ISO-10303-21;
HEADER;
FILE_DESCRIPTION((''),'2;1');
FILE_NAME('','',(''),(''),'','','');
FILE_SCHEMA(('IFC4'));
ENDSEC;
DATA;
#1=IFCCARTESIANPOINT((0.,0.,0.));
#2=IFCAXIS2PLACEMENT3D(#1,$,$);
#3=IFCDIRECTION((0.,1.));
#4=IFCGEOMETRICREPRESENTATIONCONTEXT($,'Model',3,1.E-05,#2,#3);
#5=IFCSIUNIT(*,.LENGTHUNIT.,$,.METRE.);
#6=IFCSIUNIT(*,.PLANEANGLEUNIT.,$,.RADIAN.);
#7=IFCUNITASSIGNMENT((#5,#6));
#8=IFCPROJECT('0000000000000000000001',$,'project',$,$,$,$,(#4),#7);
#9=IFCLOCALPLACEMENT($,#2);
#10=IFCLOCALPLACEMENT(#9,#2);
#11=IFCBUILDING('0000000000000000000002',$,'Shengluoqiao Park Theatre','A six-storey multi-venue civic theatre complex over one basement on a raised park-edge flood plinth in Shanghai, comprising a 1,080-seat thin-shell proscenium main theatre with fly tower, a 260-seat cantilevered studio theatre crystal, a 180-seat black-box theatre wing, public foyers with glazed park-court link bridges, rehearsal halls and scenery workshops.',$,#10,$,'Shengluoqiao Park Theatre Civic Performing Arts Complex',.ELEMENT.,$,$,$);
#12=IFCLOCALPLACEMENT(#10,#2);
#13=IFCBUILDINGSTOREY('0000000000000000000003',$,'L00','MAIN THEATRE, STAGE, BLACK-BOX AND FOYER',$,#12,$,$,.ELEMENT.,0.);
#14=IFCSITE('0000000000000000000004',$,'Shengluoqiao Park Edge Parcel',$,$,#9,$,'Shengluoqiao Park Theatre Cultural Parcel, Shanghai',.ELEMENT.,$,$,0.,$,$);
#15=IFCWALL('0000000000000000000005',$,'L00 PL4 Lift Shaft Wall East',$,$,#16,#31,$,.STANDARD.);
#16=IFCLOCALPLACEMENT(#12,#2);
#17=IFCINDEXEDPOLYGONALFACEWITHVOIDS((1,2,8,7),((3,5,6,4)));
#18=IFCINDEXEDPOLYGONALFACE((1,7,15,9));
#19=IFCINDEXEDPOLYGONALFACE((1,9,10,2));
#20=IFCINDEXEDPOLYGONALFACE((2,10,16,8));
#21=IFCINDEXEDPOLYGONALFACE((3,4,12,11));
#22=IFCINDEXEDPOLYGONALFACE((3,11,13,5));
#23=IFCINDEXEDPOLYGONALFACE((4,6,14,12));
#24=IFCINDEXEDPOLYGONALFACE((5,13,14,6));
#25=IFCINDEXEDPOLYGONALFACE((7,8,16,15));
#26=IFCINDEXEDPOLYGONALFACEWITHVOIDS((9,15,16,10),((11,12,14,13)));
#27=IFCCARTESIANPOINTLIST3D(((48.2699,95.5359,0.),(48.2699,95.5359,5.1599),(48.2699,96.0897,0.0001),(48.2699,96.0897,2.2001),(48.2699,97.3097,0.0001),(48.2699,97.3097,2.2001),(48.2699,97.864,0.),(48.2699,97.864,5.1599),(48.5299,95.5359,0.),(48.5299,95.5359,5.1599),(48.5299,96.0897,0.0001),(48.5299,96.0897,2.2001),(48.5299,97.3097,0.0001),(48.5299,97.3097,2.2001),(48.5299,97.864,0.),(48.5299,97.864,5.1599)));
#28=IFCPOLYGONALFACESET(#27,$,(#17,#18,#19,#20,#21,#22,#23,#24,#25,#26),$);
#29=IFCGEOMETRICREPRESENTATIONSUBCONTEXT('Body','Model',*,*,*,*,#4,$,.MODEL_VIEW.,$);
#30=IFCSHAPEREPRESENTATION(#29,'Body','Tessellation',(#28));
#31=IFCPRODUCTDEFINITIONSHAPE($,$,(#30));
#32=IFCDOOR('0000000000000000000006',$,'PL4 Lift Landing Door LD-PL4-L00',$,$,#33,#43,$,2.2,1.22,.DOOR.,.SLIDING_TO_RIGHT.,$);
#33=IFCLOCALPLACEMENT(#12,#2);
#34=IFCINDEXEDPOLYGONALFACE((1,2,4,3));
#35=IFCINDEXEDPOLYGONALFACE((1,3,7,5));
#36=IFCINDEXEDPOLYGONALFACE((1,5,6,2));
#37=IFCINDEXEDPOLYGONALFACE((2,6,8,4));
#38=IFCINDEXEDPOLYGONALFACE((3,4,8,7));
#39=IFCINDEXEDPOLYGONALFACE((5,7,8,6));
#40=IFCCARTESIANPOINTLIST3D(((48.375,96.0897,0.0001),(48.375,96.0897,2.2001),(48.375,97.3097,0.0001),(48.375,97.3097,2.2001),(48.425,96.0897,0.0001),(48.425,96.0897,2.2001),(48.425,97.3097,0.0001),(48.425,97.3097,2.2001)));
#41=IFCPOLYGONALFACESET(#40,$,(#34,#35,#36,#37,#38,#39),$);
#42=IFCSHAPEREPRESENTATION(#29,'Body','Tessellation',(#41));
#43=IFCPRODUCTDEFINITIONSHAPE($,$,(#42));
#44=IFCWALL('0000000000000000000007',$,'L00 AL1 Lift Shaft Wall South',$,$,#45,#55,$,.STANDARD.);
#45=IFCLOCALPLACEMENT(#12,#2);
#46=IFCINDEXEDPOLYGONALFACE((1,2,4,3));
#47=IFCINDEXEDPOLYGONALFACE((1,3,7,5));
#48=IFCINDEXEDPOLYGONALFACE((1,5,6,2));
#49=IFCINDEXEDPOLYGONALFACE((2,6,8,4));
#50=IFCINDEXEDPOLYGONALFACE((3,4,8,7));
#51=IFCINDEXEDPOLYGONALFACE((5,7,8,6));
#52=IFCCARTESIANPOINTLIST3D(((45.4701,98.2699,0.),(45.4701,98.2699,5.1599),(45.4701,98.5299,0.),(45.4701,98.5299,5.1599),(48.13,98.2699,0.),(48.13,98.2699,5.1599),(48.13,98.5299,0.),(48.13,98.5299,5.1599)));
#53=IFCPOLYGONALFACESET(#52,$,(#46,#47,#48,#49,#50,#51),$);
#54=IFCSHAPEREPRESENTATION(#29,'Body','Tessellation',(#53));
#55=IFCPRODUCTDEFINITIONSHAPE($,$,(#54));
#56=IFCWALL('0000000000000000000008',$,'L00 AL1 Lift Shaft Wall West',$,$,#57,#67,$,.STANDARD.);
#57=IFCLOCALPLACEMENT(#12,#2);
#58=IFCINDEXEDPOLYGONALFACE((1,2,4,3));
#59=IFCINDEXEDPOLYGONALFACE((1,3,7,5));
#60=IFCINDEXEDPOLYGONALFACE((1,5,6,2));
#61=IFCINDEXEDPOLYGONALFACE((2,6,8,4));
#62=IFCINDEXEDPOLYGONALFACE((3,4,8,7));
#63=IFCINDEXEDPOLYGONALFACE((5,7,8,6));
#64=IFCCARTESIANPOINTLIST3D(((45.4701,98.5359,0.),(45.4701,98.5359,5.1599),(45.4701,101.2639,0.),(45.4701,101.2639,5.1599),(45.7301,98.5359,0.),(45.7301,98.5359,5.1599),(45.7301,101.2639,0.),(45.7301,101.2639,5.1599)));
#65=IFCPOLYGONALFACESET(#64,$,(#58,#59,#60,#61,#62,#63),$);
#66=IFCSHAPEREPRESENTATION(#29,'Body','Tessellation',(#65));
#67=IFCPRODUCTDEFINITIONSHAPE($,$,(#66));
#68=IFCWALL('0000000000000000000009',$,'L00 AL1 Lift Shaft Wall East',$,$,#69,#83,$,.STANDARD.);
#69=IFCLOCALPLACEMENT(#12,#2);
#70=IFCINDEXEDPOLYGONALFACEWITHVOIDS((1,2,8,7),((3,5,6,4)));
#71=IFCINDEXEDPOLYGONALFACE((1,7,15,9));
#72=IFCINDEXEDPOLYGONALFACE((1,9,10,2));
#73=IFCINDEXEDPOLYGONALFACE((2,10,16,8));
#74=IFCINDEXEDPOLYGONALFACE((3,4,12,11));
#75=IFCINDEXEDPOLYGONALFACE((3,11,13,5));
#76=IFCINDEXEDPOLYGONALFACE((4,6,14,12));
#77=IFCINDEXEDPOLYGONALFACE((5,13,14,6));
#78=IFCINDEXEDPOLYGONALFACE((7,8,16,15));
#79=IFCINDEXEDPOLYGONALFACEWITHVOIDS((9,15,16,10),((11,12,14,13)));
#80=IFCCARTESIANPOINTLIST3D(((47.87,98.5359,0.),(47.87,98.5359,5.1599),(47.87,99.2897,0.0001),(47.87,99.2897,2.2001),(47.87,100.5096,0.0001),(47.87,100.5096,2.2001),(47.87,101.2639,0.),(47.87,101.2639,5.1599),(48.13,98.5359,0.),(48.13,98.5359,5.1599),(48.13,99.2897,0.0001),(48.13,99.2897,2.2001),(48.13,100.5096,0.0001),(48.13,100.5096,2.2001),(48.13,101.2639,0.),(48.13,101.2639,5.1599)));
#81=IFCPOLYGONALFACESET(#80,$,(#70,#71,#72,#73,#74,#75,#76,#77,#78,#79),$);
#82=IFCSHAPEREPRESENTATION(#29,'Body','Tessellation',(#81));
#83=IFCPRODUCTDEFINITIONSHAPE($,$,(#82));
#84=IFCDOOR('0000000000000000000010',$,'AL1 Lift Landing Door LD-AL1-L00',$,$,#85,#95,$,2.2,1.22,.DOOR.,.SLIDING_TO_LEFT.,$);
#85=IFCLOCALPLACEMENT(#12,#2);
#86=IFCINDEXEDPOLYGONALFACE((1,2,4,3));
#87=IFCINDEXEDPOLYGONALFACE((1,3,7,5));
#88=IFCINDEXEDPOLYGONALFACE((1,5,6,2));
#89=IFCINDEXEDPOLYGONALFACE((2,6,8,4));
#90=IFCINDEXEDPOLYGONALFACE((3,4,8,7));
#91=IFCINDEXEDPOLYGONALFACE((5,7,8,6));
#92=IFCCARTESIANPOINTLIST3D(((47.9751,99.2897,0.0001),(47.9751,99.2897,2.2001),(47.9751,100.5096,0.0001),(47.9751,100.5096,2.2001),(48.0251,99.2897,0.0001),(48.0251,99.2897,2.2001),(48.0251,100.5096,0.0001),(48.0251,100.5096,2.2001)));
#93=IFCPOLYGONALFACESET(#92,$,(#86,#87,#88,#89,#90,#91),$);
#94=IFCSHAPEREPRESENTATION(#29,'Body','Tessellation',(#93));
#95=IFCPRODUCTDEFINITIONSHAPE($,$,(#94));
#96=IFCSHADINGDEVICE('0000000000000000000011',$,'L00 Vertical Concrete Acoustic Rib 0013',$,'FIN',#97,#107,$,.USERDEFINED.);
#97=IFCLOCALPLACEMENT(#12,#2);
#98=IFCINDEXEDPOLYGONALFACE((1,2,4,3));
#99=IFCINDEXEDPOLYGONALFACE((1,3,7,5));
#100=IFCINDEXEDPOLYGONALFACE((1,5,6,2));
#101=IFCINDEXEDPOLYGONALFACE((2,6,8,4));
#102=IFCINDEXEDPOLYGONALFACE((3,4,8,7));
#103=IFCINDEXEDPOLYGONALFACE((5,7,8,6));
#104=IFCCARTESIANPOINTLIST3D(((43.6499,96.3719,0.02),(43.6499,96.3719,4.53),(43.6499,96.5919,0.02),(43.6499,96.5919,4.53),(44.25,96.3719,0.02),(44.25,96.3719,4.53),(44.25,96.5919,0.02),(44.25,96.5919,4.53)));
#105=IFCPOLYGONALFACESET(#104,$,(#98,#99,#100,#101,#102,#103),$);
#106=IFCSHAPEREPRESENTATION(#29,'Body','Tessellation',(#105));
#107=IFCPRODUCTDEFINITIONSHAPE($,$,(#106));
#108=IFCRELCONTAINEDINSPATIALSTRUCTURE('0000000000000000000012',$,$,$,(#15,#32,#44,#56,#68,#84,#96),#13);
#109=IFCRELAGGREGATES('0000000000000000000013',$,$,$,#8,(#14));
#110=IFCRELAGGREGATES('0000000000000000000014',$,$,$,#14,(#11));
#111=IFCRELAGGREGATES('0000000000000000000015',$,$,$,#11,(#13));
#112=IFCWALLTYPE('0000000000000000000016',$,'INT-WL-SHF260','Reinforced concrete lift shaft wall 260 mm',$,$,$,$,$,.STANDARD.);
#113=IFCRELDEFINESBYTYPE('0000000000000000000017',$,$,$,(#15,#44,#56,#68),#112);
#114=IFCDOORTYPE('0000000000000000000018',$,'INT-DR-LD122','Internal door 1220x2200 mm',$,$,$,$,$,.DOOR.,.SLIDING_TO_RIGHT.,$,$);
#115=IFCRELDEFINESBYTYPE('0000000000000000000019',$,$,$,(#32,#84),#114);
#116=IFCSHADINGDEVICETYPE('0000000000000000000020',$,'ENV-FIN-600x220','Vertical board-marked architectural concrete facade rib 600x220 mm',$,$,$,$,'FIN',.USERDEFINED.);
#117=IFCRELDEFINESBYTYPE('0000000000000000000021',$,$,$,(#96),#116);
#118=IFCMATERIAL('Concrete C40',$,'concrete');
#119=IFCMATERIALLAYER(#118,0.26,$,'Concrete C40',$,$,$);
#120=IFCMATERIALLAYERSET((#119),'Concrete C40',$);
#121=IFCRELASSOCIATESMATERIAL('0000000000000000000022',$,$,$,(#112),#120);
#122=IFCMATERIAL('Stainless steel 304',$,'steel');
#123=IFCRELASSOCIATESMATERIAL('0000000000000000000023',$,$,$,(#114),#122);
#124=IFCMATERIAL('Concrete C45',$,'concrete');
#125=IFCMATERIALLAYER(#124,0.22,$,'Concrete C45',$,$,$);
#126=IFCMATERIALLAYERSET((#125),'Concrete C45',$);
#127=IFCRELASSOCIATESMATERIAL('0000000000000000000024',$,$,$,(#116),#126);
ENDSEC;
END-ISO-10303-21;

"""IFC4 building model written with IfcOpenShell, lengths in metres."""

from ifc_helpers import new_model, si_unit, direction, frame, frame_2d, origin, origin_2d, place, context, subcontext, project, spatial, rectangle, extrude, material, layer, layer_set, type_object, element, fill, save


model = new_model("IFC4")

# Units and contexts
model_context = context("Model", 3, precision=1e-05, world=origin(), true_north=direction((0.0, 1.0)))
body_context = subcontext(model_context, "Body", "Model", "MODEL_VIEW")
ifc_project = project(units=[si_unit("LENGTHUNIT", "METRE"), si_unit("PLANEANGLEUNIT", "RADIAN")], contexts=[model_context])

# Site, building, storey
site_placement = place(None, origin())
site = spatial("IfcSite", under=ifc_project, at=site_placement, Name="Shengluoqiao Park Edge Parcel", LongName="Shengluoqiao Park Theatre Cultural Parcel, Shanghai", CompositionType="ELEMENT", RefElevation=0.0)
building_placement = place(site_placement, origin())
building = spatial("IfcBuilding", under=site, at=building_placement, Name="Shengluoqiao Park Theatre", Description="A six-storey multi-venue civic theatre complex over one basement on a raised park-edge flood plinth in Shanghai, comprising a 1,080-seat thin-shell proscenium main theatre with fly tower, a 260-seat cantilevered studio theatre crystal, a 180-seat black-box theatre wing, public foyers with glazed park-court link bridges, rehearsal halls and scenery workshops.", LongName="Shengluoqiao Park Theatre Civic Performing Arts Complex", CompositionType="ELEMENT")
storey_placement = place(building_placement, origin())
storey = spatial("IfcBuildingStorey", under=building, at=storey_placement, Name="L00", Description="MAIN THEATRE, STAGE, BLACK-BOX AND FOYER", CompositionType="ELEMENT", Elevation=0.0)

# Shared definitions
ifc_material_1 = material(Name="Concrete C40", Category="concrete")
ifc_layer_1 = layer(ifc_material_1, 0.26, Name="Concrete C40")
ifc_layer_set_1 = layer_set([ifc_layer_1], Name="Concrete C40")
wall_type = type_object("IfcWallType", Name="INT-WL-SHF260", Description="Reinforced concrete lift shaft wall 260 mm", PredefinedType="STANDARD", material=ifc_layer_set_1)

# Wall, opening, door
wall_1_placement = place(storey_placement, frame((48.3999, 95.5359, 0.0), z_axis=(0.0, 0.0, 1.0), x_axis=(0.0, 1.0, 0.0)))
wall_1 = element("IfcWall", 1, at=wall_1_placement, inside=storey, type_object=wall_type, Name="L00 PL4 Lift Shaft Wall East", PredefinedType="STANDARD", context=body_context, shape_type="SweptSolid", body=[
    extrude(rectangle(XDim=2.3281, YDim=0.26, at=frame_2d((1.1641, 0.0))), origin(), (0.0, 0.0, 1.0), 5.1599),
])
opening_1_placement = place(wall_1_placement, frame((0.554, 0.0, 0.0)))
opening_1 = element("IfcOpeningElement", 2, at=opening_1_placement, cuts=wall_1, PredefinedType="OPENING", context=body_context, shape_type="SweptSolid", body=[
    extrude(rectangle(XDim=1.22, YDim=2.2, at=frame_2d((0.6099, 1.1001))), frame((0.0, 0.1399, 0.0), z_axis=(0.0, -1.0, 0.0), x_axis=(1.0, 0.0, 0.0)), (0.0, 0.0, 1.0), 0.28),
])
ifc_material_2 = material(Name="Stainless steel 304", Category="steel")
door_type = type_object("IfcDoorType", Name="INT-DR-LD122", Description="Internal door 1220x2200 mm", OperationType="SLIDING_TO_RIGHT", PredefinedType="DOOR", material=ifc_material_2)
door_1_placement = place(opening_1_placement, origin())
door_1 = element("IfcDoor", 3, at=door_1_placement, inside=storey, type_object=door_type, Name="PL4 Lift Landing Door LD-PL4-L00", OperationType="SLIDING_TO_RIGHT", OverallHeight=2.2, OverallWidth=1.22, PredefinedType="DOOR", context=body_context, shape_type="SweptSolid", body=[
    extrude(rectangle(XDim=1.22, YDim=2.2, at=frame_2d((0.6099, 1.1001))), frame((0.0, 0.0249, 0.0), z_axis=(0.0, -1.0, 0.0), x_axis=(1.0, 0.0, 0.0)), (0.0, 0.0, 1.0), 0.05),
])
fill(opening_1, door_1)

# Walls
wall_2_placement = place(storey_placement, frame((45.47, 98.3999, 0.0), z_axis=(0.0, 0.0, 1.0), x_axis=(1.0, 0.0, 0.0)))
element("IfcWall", 4, at=wall_2_placement, inside=storey, type_object=wall_type, Name="L00 AL1 Lift Shaft Wall South", PredefinedType="STANDARD", context=body_context, shape_type="SweptSolid", body=[
    extrude(rectangle(XDim=2.6599, YDim=0.26, at=frame_2d((1.3301, 0.0))), origin(), (0.0, 0.0, 1.0), 5.1599),
])
wall_3_placement = place(storey_placement, frame((45.6001, 98.5359, 0.0), z_axis=(0.0, 0.0, 1.0), x_axis=(0.0, 1.0, 0.0)))
element("IfcWall", 5, at=wall_3_placement, inside=storey, type_object=wall_type, Name="L00 AL1 Lift Shaft Wall West", PredefinedType="STANDARD", context=body_context, shape_type="SweptSolid", body=[
    extrude(rectangle(XDim=2.728, YDim=0.26, at=frame_2d((1.364, 0.0))), origin(), (0.0, 0.0, 1.0), 5.1599),
])

# Wall, opening, door
wall_4_placement = place(storey_placement, frame((48.0, 98.5359, 0.0), z_axis=(0.0, 0.0, 1.0), x_axis=(0.0, 1.0, 0.0)))
wall_4 = element("IfcWall", 6, at=wall_4_placement, inside=storey, type_object=wall_type, Name="L00 AL1 Lift Shaft Wall East", PredefinedType="STANDARD", context=body_context, shape_type="SweptSolid", body=[
    extrude(rectangle(XDim=2.728, YDim=0.26, at=frame_2d((1.364, 0.0))), origin(), (0.0, 0.0, 1.0), 5.1599),
])
opening_2_placement = place(wall_4_placement, frame((0.7539, 0.0, 0.0)))
opening_2 = element("IfcOpeningElement", 7, at=opening_2_placement, cuts=wall_4, PredefinedType="OPENING", context=body_context, shape_type="SweptSolid", body=[
    extrude(rectangle(XDim=1.22, YDim=2.2, at=frame_2d((0.6099, 1.1001))), frame((0.0, 0.1399, 0.0), z_axis=(0.0, -1.0, 0.0), x_axis=(1.0, 0.0, 0.0)), (0.0, 0.0, 1.0), 0.28),
])
door_2_placement = place(opening_2_placement, origin())
door_2 = element("IfcDoor", 8, at=door_2_placement, inside=storey, type_object=door_type, Name="AL1 Lift Landing Door LD-AL1-L00", OperationType="SLIDING_TO_LEFT", OverallHeight=2.2, OverallWidth=1.22, PredefinedType="DOOR", context=body_context, shape_type="SweptSolid", body=[
    extrude(rectangle(XDim=1.22, YDim=2.2, at=frame_2d((0.6099, 1.1001))), frame((0.0, 0.0249, 0.0), z_axis=(0.0, -1.0, 0.0), x_axis=(1.0, 0.0, 0.0)), (0.0, 0.0, 1.0), 0.05),
])
fill(opening_2, door_2)

# Shading device
ifc_material_3 = material(Name="Concrete C45", Category="concrete")
ifc_layer_2 = layer(ifc_material_3, 0.22, Name="Concrete C45")
ifc_layer_set_2 = layer_set([ifc_layer_2], Name="Concrete C45")
shading_device_type = type_object("IfcShadingDeviceType", Name="ENV-FIN-600x220", Description="Vertical board-marked architectural concrete facade rib 600x220 mm", ElementType="FIN", PredefinedType="USERDEFINED", material=ifc_layer_set_2)
shading_device_placement = place(storey_placement, frame((43.95, 96.4819, 0.02), z_axis=(0.0, 0.0, 1.0), x_axis=(-1.0, 0.0, 0.0)))
element("IfcShadingDevice", 9, at=shading_device_placement, inside=storey, type_object=shading_device_type, Name="L00 Vertical Concrete Acoustic Rib 0013", ObjectType="FIN", PredefinedType="USERDEFINED", context=body_context, shape_type="SweptSolid", body=[
    extrude(rectangle(XDim=0.6001, YDim=0.22, at=origin_2d()), origin(), (0.0, 0.0, 1.0), 4.51),
])

save(model, "model.ifc")
